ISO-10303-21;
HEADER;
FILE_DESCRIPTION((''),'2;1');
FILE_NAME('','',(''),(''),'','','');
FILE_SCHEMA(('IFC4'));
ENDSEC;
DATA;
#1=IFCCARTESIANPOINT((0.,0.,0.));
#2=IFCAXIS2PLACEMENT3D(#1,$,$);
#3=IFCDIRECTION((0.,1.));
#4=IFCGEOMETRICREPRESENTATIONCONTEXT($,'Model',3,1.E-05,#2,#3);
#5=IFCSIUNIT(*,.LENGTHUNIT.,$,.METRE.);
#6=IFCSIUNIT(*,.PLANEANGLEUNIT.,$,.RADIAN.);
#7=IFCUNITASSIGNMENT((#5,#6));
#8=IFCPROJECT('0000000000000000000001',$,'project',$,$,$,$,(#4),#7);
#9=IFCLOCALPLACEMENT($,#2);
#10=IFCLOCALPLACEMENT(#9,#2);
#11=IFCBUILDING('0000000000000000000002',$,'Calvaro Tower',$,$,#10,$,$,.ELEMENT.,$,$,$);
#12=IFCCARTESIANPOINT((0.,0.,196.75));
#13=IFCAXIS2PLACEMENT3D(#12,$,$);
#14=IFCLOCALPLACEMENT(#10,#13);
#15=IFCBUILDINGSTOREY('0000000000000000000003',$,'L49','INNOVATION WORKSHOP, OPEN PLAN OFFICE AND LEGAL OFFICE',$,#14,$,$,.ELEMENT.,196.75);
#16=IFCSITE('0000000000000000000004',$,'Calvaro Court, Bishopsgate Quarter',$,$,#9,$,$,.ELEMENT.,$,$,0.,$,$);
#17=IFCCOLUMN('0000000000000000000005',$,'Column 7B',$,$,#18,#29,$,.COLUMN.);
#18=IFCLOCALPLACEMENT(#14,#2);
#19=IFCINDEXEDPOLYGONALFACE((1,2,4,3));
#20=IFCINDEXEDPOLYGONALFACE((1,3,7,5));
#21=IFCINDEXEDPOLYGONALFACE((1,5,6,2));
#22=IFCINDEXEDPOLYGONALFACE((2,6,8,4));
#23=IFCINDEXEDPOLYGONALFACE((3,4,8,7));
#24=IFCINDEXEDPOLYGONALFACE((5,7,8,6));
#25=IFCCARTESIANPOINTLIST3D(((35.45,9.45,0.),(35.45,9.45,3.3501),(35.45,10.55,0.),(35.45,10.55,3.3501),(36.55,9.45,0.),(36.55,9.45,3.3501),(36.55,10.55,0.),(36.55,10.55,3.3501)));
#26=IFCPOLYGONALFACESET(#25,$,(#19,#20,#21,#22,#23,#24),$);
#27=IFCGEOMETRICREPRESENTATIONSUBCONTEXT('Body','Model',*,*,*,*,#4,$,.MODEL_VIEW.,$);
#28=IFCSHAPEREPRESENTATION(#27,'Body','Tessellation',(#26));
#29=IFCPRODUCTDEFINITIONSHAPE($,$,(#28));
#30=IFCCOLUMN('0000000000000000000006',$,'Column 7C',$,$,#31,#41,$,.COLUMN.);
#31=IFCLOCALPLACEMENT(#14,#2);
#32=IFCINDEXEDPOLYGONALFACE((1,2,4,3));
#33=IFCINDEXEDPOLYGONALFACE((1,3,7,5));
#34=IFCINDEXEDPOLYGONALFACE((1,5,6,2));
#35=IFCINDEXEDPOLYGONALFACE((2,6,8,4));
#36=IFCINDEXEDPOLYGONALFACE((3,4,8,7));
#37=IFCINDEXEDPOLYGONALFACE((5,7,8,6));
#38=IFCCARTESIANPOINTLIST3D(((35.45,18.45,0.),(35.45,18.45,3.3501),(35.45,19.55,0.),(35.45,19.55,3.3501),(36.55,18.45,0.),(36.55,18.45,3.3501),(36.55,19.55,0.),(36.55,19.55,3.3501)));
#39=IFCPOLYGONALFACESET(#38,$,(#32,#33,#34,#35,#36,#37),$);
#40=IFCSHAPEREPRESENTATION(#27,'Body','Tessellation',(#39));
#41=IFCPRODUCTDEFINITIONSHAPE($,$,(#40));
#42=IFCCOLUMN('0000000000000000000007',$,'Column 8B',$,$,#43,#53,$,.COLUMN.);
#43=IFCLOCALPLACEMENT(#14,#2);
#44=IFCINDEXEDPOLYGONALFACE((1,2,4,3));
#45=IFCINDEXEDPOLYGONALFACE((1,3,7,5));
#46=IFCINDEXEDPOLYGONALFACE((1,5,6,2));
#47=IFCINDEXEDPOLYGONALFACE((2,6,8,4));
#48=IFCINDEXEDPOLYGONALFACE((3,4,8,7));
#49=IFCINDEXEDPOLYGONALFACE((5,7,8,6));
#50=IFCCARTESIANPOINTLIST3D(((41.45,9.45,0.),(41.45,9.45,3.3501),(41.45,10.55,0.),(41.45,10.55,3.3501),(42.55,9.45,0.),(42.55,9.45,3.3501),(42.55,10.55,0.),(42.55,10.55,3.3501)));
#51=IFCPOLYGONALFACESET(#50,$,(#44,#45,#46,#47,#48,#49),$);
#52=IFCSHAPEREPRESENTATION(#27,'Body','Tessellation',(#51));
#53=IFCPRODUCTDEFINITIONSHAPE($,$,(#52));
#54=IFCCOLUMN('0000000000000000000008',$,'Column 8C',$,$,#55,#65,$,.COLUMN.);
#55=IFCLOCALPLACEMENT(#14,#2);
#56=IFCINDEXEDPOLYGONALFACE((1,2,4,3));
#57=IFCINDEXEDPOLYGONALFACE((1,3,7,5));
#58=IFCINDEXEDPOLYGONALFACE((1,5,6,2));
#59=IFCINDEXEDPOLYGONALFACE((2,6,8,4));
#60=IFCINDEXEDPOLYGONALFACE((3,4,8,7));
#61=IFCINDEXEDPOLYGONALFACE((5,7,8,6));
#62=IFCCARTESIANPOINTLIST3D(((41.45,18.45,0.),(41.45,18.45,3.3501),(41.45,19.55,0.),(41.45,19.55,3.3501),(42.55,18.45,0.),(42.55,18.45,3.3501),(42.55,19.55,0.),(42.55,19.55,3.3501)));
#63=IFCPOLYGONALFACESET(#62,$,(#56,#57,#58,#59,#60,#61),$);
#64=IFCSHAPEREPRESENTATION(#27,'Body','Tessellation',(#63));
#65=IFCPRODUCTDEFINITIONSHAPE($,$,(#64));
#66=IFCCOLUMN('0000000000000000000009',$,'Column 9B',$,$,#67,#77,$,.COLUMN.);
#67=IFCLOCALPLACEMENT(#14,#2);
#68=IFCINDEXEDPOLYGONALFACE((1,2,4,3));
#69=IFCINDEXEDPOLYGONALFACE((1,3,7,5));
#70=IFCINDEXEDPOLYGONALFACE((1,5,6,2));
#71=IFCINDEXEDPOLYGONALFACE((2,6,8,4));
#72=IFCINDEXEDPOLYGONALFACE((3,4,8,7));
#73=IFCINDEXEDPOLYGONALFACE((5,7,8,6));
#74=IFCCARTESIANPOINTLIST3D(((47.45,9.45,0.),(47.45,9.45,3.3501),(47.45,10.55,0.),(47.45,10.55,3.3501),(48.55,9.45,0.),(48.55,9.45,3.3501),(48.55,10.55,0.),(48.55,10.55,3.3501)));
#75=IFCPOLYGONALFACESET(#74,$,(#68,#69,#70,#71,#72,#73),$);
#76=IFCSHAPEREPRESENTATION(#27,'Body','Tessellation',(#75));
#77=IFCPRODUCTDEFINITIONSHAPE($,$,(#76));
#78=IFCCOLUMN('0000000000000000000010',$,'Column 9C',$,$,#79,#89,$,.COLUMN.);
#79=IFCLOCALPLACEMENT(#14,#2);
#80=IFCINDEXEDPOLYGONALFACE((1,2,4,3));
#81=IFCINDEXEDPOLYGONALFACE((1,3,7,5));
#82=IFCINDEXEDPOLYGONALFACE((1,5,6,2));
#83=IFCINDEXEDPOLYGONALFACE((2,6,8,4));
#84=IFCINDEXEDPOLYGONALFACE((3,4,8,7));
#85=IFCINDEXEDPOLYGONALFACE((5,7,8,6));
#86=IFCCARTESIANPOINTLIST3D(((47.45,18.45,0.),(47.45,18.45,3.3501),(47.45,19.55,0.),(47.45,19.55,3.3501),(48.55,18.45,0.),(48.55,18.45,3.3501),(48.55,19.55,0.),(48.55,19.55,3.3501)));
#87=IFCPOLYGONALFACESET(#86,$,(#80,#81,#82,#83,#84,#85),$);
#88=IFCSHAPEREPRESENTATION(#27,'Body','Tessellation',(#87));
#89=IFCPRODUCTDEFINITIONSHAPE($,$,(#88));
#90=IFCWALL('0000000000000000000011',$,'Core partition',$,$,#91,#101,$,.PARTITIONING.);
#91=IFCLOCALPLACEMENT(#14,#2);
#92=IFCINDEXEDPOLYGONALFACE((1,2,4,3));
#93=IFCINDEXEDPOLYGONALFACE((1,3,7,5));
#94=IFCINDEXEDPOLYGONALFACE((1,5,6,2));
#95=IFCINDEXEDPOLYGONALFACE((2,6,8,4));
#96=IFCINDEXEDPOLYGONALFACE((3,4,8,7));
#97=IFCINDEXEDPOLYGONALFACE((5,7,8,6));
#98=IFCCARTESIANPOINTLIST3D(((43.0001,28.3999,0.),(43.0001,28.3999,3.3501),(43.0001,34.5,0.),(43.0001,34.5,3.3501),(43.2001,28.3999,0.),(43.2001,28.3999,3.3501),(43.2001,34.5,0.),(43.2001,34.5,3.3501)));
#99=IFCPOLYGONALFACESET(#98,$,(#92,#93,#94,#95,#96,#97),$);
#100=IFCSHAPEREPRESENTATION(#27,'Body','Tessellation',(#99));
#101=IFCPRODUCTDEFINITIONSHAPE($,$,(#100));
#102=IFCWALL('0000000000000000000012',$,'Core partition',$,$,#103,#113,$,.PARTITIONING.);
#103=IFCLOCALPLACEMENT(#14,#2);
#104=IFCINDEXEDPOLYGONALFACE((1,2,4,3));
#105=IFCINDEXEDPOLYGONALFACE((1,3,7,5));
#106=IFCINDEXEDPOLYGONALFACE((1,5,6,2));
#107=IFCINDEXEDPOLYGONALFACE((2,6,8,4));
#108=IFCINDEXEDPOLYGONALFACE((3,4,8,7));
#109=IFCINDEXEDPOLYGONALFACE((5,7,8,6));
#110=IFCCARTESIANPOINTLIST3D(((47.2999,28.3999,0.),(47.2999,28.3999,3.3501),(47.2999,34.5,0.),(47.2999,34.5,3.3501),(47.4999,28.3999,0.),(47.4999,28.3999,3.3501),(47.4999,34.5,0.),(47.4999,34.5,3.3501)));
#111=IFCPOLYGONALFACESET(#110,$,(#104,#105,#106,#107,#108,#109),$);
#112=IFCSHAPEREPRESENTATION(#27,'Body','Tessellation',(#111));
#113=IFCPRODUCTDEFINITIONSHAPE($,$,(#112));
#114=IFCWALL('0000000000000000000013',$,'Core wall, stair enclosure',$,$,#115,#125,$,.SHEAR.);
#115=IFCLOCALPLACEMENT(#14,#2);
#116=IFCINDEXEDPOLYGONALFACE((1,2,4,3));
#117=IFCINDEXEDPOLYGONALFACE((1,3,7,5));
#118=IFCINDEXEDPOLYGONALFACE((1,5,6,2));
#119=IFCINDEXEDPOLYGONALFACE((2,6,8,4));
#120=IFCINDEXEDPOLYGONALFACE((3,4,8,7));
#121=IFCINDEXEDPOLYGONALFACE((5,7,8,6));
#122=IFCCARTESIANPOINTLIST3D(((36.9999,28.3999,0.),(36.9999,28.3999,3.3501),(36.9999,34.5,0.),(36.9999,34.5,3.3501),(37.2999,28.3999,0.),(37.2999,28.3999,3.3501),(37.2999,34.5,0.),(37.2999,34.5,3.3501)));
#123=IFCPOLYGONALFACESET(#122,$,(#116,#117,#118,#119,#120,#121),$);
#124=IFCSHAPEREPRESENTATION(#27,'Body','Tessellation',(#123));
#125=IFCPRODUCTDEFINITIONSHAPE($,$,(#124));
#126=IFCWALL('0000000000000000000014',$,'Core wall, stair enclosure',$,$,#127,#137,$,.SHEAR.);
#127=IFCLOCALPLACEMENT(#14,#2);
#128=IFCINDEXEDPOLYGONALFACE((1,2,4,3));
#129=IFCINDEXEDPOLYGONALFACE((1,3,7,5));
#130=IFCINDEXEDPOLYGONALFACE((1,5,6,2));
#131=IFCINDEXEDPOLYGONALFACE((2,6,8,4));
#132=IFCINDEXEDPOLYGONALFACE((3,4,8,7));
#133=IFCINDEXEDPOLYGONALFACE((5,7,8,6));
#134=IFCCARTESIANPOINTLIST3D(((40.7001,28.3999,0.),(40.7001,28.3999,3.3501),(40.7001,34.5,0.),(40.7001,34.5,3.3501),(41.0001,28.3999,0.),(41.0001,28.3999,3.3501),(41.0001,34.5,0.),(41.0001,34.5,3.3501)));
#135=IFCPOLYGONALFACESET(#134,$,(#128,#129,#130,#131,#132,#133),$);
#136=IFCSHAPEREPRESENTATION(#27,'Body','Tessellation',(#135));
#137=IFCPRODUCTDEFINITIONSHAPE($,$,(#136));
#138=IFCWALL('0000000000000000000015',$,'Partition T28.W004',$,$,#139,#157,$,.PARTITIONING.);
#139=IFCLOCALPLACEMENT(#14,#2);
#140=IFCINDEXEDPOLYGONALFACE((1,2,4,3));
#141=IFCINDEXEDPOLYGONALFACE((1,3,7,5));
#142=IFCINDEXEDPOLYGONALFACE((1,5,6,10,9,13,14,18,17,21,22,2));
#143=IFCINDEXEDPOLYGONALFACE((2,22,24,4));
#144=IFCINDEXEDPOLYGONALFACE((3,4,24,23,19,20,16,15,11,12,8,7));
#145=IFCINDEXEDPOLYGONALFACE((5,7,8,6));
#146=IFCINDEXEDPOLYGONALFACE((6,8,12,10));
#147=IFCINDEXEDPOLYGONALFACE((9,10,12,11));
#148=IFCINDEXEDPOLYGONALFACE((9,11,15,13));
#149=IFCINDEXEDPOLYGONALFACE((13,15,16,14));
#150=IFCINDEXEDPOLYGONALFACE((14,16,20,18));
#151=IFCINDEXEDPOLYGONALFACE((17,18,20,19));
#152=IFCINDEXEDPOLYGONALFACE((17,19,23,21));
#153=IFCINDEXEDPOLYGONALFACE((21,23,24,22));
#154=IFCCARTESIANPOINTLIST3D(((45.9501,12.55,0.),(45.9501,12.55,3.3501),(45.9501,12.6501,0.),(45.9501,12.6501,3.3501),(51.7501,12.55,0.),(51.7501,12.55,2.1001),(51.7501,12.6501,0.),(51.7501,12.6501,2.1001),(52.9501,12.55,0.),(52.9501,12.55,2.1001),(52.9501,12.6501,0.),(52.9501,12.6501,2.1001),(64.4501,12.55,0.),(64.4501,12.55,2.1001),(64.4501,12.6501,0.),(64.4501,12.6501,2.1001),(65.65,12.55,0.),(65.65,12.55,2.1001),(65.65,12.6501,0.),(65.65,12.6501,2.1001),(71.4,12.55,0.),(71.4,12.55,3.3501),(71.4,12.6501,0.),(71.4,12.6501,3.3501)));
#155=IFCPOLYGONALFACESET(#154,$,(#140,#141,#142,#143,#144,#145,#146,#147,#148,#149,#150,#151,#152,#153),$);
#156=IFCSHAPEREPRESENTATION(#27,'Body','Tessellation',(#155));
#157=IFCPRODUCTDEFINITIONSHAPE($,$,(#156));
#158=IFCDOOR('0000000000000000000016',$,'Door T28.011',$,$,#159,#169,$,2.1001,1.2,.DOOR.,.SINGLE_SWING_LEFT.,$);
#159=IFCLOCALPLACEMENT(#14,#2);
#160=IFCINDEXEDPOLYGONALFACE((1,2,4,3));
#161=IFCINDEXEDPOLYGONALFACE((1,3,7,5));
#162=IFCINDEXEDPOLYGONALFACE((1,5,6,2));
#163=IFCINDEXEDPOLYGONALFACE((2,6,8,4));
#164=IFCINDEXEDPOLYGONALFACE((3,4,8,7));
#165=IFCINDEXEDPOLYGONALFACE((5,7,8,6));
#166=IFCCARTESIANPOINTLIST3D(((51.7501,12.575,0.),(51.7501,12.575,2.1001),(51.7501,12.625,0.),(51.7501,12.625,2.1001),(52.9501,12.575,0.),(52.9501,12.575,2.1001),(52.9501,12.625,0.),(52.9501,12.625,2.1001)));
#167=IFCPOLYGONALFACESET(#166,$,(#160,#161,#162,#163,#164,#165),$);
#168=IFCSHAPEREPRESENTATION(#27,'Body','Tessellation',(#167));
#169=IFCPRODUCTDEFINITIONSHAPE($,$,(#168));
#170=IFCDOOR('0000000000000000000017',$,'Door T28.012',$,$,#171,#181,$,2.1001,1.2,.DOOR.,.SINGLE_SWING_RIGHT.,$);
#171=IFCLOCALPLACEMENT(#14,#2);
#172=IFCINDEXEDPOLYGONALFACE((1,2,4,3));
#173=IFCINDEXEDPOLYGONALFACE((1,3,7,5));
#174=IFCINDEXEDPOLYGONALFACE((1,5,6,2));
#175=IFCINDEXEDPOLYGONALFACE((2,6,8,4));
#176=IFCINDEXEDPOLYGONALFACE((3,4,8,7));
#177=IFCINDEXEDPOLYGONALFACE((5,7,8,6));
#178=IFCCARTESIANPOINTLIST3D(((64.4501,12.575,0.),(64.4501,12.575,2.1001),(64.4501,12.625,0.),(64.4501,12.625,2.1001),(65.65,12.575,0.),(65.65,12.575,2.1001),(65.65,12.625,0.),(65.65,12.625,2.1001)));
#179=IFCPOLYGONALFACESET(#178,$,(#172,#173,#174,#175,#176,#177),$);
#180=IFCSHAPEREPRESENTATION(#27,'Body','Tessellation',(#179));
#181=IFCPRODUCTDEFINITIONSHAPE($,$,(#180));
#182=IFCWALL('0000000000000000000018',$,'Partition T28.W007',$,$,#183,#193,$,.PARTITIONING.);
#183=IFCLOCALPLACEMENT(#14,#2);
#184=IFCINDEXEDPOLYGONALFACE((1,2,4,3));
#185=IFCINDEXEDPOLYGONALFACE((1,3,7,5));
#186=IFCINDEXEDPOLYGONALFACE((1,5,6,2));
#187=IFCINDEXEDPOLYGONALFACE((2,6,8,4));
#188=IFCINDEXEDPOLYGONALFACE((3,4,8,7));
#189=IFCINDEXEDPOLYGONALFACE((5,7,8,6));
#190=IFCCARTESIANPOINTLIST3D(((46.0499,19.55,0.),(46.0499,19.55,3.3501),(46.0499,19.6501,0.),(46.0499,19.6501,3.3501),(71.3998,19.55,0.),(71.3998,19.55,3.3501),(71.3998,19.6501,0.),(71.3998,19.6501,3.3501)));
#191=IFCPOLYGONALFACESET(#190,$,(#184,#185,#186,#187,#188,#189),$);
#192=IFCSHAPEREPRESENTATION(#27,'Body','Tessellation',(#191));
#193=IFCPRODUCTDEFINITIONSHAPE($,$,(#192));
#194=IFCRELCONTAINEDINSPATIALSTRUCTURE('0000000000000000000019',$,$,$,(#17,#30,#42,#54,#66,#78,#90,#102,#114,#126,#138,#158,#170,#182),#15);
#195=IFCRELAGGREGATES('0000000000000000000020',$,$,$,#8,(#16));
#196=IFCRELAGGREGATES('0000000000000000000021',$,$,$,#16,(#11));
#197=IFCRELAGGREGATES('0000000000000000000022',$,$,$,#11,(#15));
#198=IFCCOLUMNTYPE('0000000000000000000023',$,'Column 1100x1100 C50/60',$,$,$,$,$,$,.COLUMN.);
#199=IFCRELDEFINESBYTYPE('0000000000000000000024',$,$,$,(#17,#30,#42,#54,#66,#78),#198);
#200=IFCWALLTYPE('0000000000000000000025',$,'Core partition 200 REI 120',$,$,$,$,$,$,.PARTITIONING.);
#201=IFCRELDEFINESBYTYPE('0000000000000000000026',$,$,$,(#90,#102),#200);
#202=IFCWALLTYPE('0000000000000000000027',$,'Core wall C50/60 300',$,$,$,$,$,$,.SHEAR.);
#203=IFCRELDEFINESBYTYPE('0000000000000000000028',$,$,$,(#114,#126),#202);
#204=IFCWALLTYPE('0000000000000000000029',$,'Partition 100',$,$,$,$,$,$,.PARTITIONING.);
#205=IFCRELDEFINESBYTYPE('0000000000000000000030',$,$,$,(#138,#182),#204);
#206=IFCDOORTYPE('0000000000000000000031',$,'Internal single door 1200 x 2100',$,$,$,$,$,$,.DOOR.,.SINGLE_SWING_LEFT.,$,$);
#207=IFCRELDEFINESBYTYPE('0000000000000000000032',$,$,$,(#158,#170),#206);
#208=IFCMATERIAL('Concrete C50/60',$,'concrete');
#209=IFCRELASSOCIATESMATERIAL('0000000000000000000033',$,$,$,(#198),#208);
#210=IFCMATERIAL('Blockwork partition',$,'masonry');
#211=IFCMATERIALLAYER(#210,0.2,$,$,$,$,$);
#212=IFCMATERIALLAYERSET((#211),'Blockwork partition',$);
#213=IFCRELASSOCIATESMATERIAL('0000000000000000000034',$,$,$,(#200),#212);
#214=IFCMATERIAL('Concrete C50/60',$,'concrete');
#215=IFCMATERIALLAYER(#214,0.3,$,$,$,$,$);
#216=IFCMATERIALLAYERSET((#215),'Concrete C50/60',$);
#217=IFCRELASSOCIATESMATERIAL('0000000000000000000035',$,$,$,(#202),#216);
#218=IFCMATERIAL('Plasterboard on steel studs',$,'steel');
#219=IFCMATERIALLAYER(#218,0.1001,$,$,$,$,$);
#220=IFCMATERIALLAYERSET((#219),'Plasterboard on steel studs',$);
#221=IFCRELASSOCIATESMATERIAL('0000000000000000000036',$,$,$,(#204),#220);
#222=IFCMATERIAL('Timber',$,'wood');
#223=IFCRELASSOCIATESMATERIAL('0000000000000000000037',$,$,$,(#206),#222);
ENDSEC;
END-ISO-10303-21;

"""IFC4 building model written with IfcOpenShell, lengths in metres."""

from ifc_helpers import new_model, si_unit, direction, frame, frame_2d, origin, origin_2d, place, context, subcontext, project, spatial, rectangle, extrude, material, layer, layer_set, material_profile, profile_set, type_object, element, fill, save


model = new_model("IFC4")

# Units and contexts
model_context = context("Model", 3, precision=1e-05, world=origin(), true_north=direction((0.0, 1.0)))
body_context = subcontext(model_context, "Body", "Model", "MODEL_VIEW")
ifc_project = project(units=[si_unit("LENGTHUNIT", "METRE"), si_unit("PLANEANGLEUNIT", "RADIAN")], contexts=[model_context])

# Site, building, storey
site_placement = place(None, origin())
site = spatial("IfcSite", under=ifc_project, at=site_placement, Name="Calvaro Court, Bishopsgate Quarter", CompositionType="ELEMENT", RefElevation=0.0)
building_placement = place(site_placement, origin())
building = spatial("IfcBuilding", under=site, at=building_placement, Name="Calvaro Tower", CompositionType="ELEMENT")
storey_placement = place(building_placement, frame((0.0, 0.0, 196.75)))
storey = spatial("IfcBuildingStorey", under=building, at=storey_placement, Name="L49", Description="INNOVATION WORKSHOP, OPEN PLAN OFFICE AND LEGAL OFFICE", CompositionType="ELEMENT", Elevation=196.75)

# Columns
ifc_material_1 = material(Name="Concrete C50/60", Category="concrete")
ifc_material_profile = material_profile(ifc_material_1, rectangle(XDim=1.1001, YDim=1.1001, at=origin_2d()), Name="RC 1100x1100")
ifc_profile_set = profile_set([ifc_material_profile], Name="Concrete C50/60")
column_type = type_object("IfcColumnType", Name="Column 1100x1100 C50/60", PredefinedType="COLUMN", material=ifc_profile_set)
for number, where, z_axis, x_axis, name in (
    (1, (36.0, 10.0, 0.0), (0.0, 0.0, 1.0), (1.0, 0.0, 0.0), "Column 7B"),
    (2, (36.0, 19.0, 0.0), (0.0, 0.0, 1.0), (1.0, 0.0, 0.0), "Column 7C"),
    (3, (42.0, 10.0, 0.0), (0.0, 0.0, 1.0), (1.0, 0.0, 0.0), "Column 8B"),
    (4, (42.0, 19.0, 0.0), (0.0, 0.0, 1.0), (1.0, 0.0, 0.0), "Column 8C"),
    (5, (48.0, 10.0, 0.0), (0.0, 0.0, 1.0), (1.0, 0.0, 0.0), "Column 9B"),
    (6, (48.0, 19.0, 0.0), (0.0, 0.0, 1.0), (1.0, 0.0, 0.0), "Column 9C"),
):
    element("IfcColumn", number, at=place(storey_placement, frame(where, z_axis=z_axis, x_axis=x_axis)), inside=storey, type_object=column_type, Name=name, PredefinedType="COLUMN", context=body_context, shape_type="SweptSolid", body=[
        extrude(rectangle(XDim=1.1001, YDim=1.1001, at=origin_2d()), origin(), (0.0, 0.0, 1.0), 3.3501),
    ])

# Walls
ifc_material_2 = material(Name="Blockwork partition", Category="masonry")
ifc_layer_1 = layer(ifc_material_2, 0.2)
ifc_layer_set_1 = layer_set([ifc_layer_1], Name="Blockwork partition")
wall_type_1 = type_object("IfcWallType", Name="Core partition 200 REI 120", PredefinedType="PARTITIONING", material=ifc_layer_set_1)
for number, where, z_axis, x_axis, name in (
    (7, (43.1001, 28.3999, 0.0), (0.0, 0.0, 1.0), (0.0, 1.0, 0.0), "Core partition"),
    (8, (47.3999, 28.3999, 0.0), (0.0, 0.0, 1.0), (0.0, 1.0, 0.0), "Core partition"),
):
    element("IfcWall", number, at=place(storey_placement, frame(where, z_axis=z_axis, x_axis=x_axis)), inside=storey, type_object=wall_type_1, Name=name, PredefinedType="PARTITIONING", context=body_context, shape_type="SweptSolid", body=[
        extrude(rectangle(XDim=6.1001, YDim=0.2, at=frame_2d((3.05, 0.0))), origin(), (0.0, 0.0, 1.0), 3.3501),
    ])
ifc_material_3 = material(Name="Concrete C50/60", Category="concrete")
ifc_layer_2 = layer(ifc_material_3, 0.3)
ifc_layer_set_2 = layer_set([ifc_layer_2], Name="Concrete C50/60")
wall_type_2 = type_object("IfcWallType", Name="Core wall C50/60 300", PredefinedType="SHEAR", material=ifc_layer_set_2)
for number, where, z_axis, x_axis, name in (
    (9, (37.1499, 28.3999, 0.0), (0.0, 0.0, 1.0), (0.0, 1.0, 0.0), "Core wall, stair enclosure"),
    (10, (40.8501, 28.3999, 0.0), (0.0, 0.0, 1.0), (0.0, 1.0, 0.0), "Core wall, stair enclosure"),
):
    element("IfcWall", number, at=place(storey_placement, frame(where, z_axis=z_axis, x_axis=x_axis)), inside=storey, type_object=wall_type_2, Name=name, PredefinedType="SHEAR", context=body_context, shape_type="SweptSolid", body=[
        extrude(rectangle(XDim=6.1001, YDim=0.3, at=frame_2d((3.05, 0.0))), origin(), (0.0, 0.0, 1.0), 3.3501),
    ])

# Wall, openings, doors
ifc_material_4 = material(Name="Plasterboard on steel studs", Category="steel")
ifc_layer_3 = layer(ifc_material_4, 0.1001)
ifc_layer_set_3 = layer_set([ifc_layer_3], Name="Plasterboard on steel studs")
wall_type_3 = type_object("IfcWallType", Name="Partition 100", PredefinedType="PARTITIONING", material=ifc_layer_set_3)
wall_1_placement = place(storey_placement, frame((45.95, 12.6001, 0.0), z_axis=(0.0, 0.0, 1.0), x_axis=(1.0, 0.0, 0.0)))
wall_1 = element("IfcWall", 11, at=wall_1_placement, inside=storey, type_object=wall_type_3, Name="Partition T28.W004", PredefinedType="PARTITIONING", context=body_context, shape_type="SweptSolid", body=[
    extrude(rectangle(XDim=25.45, YDim=0.1001, at=frame_2d((12.7251, 0.0))), origin(), (0.0, 0.0, 1.0), 3.3501),
])
opening_1_placement = place(wall_1_placement, frame((5.8, 0.0, 0.0)))
opening_1 = element("IfcOpeningElement", 12, at=opening_1_placement, cuts=wall_1, PredefinedType="OPENING", context=body_context, shape_type="SweptSolid", body=[
    extrude(rectangle(XDim=1.2, YDim=2.1001, at=frame_2d((0.6001, 1.05))), frame((0.0, 0.0601, 0.0), z_axis=(0.0, -1.0, 0.0), x_axis=(1.0, 0.0, 0.0)), (0.0, 0.0, 1.0), 0.1201),
])
opening_2_placement = place(wall_1_placement, frame((18.5, 0.0, 0.0)))
opening_2 = element("IfcOpeningElement", 13, at=opening_2_placement, cuts=wall_1, PredefinedType="OPENING", context=body_context, shape_type="SweptSolid", body=[
    extrude(rectangle(XDim=1.2, YDim=2.1001, at=frame_2d((0.6001, 1.05))), frame((0.0, 0.0601, 0.0), z_axis=(0.0, -1.0, 0.0), x_axis=(1.0, 0.0, 0.0)), (0.0, 0.0, 1.0), 0.1201),
])
ifc_material_5 = material(Name="Timber", Category="wood")
door_type = type_object("IfcDoorType", Name="Internal single door 1200 x 2100", OperationType="SINGLE_SWING_LEFT", PredefinedType="DOOR", material=ifc_material_5)
door_1_placement = place(opening_1_placement, origin())
door_1 = element("IfcDoor", 14, at=door_1_placement, inside=storey, type_object=door_type, Name="Door T28.011", OperationType="SINGLE_SWING_LEFT", OverallHeight=2.1001, OverallWidth=1.2, PredefinedType="DOOR", context=body_context, shape_type="SweptSolid", body=[
    extrude(rectangle(XDim=1.2, YDim=2.1001, at=frame_2d((0.6001, 1.05))), frame((0.0, 0.0249, 0.0), z_axis=(0.0, -1.0, 0.0), x_axis=(1.0, 0.0, 0.0)), (0.0, 0.0, 1.0), 0.05),
])
fill(opening_1, door_1)
door_2_placement = place(opening_2_placement, origin())
door_2 = element("IfcDoor", 15, at=door_2_placement, inside=storey, type_object=door_type, Name="Door T28.012", OperationType="SINGLE_SWING_RIGHT", OverallHeight=2.1001, OverallWidth=1.2, PredefinedType="DOOR", context=body_context, shape_type="SweptSolid", body=[
    extrude(rectangle(XDim=1.2, YDim=2.1001, at=frame_2d((0.6001, 1.05))), frame((0.0, 0.0249, 0.0), z_axis=(0.0, -1.0, 0.0), x_axis=(1.0, 0.0, 0.0)), (0.0, 0.0, 1.0), 0.05),
])
fill(opening_2, door_2)

# Wall
wall_2_placement = place(storey_placement, frame((46.05, 19.6001, 0.0), z_axis=(0.0, 0.0, 1.0), x_axis=(1.0, 0.0, 0.0)))
element("IfcWall", 16, at=wall_2_placement, inside=storey, type_object=wall_type_3, Name="Partition T28.W007", PredefinedType="PARTITIONING", context=body_context, shape_type="SweptSolid", body=[
    extrude(rectangle(XDim=25.3499, YDim=0.1001, at=frame_2d((12.6748, 0.0))), origin(), (0.0, 0.0, 1.0), 3.3501),
])

save(model, "model.ifc")
